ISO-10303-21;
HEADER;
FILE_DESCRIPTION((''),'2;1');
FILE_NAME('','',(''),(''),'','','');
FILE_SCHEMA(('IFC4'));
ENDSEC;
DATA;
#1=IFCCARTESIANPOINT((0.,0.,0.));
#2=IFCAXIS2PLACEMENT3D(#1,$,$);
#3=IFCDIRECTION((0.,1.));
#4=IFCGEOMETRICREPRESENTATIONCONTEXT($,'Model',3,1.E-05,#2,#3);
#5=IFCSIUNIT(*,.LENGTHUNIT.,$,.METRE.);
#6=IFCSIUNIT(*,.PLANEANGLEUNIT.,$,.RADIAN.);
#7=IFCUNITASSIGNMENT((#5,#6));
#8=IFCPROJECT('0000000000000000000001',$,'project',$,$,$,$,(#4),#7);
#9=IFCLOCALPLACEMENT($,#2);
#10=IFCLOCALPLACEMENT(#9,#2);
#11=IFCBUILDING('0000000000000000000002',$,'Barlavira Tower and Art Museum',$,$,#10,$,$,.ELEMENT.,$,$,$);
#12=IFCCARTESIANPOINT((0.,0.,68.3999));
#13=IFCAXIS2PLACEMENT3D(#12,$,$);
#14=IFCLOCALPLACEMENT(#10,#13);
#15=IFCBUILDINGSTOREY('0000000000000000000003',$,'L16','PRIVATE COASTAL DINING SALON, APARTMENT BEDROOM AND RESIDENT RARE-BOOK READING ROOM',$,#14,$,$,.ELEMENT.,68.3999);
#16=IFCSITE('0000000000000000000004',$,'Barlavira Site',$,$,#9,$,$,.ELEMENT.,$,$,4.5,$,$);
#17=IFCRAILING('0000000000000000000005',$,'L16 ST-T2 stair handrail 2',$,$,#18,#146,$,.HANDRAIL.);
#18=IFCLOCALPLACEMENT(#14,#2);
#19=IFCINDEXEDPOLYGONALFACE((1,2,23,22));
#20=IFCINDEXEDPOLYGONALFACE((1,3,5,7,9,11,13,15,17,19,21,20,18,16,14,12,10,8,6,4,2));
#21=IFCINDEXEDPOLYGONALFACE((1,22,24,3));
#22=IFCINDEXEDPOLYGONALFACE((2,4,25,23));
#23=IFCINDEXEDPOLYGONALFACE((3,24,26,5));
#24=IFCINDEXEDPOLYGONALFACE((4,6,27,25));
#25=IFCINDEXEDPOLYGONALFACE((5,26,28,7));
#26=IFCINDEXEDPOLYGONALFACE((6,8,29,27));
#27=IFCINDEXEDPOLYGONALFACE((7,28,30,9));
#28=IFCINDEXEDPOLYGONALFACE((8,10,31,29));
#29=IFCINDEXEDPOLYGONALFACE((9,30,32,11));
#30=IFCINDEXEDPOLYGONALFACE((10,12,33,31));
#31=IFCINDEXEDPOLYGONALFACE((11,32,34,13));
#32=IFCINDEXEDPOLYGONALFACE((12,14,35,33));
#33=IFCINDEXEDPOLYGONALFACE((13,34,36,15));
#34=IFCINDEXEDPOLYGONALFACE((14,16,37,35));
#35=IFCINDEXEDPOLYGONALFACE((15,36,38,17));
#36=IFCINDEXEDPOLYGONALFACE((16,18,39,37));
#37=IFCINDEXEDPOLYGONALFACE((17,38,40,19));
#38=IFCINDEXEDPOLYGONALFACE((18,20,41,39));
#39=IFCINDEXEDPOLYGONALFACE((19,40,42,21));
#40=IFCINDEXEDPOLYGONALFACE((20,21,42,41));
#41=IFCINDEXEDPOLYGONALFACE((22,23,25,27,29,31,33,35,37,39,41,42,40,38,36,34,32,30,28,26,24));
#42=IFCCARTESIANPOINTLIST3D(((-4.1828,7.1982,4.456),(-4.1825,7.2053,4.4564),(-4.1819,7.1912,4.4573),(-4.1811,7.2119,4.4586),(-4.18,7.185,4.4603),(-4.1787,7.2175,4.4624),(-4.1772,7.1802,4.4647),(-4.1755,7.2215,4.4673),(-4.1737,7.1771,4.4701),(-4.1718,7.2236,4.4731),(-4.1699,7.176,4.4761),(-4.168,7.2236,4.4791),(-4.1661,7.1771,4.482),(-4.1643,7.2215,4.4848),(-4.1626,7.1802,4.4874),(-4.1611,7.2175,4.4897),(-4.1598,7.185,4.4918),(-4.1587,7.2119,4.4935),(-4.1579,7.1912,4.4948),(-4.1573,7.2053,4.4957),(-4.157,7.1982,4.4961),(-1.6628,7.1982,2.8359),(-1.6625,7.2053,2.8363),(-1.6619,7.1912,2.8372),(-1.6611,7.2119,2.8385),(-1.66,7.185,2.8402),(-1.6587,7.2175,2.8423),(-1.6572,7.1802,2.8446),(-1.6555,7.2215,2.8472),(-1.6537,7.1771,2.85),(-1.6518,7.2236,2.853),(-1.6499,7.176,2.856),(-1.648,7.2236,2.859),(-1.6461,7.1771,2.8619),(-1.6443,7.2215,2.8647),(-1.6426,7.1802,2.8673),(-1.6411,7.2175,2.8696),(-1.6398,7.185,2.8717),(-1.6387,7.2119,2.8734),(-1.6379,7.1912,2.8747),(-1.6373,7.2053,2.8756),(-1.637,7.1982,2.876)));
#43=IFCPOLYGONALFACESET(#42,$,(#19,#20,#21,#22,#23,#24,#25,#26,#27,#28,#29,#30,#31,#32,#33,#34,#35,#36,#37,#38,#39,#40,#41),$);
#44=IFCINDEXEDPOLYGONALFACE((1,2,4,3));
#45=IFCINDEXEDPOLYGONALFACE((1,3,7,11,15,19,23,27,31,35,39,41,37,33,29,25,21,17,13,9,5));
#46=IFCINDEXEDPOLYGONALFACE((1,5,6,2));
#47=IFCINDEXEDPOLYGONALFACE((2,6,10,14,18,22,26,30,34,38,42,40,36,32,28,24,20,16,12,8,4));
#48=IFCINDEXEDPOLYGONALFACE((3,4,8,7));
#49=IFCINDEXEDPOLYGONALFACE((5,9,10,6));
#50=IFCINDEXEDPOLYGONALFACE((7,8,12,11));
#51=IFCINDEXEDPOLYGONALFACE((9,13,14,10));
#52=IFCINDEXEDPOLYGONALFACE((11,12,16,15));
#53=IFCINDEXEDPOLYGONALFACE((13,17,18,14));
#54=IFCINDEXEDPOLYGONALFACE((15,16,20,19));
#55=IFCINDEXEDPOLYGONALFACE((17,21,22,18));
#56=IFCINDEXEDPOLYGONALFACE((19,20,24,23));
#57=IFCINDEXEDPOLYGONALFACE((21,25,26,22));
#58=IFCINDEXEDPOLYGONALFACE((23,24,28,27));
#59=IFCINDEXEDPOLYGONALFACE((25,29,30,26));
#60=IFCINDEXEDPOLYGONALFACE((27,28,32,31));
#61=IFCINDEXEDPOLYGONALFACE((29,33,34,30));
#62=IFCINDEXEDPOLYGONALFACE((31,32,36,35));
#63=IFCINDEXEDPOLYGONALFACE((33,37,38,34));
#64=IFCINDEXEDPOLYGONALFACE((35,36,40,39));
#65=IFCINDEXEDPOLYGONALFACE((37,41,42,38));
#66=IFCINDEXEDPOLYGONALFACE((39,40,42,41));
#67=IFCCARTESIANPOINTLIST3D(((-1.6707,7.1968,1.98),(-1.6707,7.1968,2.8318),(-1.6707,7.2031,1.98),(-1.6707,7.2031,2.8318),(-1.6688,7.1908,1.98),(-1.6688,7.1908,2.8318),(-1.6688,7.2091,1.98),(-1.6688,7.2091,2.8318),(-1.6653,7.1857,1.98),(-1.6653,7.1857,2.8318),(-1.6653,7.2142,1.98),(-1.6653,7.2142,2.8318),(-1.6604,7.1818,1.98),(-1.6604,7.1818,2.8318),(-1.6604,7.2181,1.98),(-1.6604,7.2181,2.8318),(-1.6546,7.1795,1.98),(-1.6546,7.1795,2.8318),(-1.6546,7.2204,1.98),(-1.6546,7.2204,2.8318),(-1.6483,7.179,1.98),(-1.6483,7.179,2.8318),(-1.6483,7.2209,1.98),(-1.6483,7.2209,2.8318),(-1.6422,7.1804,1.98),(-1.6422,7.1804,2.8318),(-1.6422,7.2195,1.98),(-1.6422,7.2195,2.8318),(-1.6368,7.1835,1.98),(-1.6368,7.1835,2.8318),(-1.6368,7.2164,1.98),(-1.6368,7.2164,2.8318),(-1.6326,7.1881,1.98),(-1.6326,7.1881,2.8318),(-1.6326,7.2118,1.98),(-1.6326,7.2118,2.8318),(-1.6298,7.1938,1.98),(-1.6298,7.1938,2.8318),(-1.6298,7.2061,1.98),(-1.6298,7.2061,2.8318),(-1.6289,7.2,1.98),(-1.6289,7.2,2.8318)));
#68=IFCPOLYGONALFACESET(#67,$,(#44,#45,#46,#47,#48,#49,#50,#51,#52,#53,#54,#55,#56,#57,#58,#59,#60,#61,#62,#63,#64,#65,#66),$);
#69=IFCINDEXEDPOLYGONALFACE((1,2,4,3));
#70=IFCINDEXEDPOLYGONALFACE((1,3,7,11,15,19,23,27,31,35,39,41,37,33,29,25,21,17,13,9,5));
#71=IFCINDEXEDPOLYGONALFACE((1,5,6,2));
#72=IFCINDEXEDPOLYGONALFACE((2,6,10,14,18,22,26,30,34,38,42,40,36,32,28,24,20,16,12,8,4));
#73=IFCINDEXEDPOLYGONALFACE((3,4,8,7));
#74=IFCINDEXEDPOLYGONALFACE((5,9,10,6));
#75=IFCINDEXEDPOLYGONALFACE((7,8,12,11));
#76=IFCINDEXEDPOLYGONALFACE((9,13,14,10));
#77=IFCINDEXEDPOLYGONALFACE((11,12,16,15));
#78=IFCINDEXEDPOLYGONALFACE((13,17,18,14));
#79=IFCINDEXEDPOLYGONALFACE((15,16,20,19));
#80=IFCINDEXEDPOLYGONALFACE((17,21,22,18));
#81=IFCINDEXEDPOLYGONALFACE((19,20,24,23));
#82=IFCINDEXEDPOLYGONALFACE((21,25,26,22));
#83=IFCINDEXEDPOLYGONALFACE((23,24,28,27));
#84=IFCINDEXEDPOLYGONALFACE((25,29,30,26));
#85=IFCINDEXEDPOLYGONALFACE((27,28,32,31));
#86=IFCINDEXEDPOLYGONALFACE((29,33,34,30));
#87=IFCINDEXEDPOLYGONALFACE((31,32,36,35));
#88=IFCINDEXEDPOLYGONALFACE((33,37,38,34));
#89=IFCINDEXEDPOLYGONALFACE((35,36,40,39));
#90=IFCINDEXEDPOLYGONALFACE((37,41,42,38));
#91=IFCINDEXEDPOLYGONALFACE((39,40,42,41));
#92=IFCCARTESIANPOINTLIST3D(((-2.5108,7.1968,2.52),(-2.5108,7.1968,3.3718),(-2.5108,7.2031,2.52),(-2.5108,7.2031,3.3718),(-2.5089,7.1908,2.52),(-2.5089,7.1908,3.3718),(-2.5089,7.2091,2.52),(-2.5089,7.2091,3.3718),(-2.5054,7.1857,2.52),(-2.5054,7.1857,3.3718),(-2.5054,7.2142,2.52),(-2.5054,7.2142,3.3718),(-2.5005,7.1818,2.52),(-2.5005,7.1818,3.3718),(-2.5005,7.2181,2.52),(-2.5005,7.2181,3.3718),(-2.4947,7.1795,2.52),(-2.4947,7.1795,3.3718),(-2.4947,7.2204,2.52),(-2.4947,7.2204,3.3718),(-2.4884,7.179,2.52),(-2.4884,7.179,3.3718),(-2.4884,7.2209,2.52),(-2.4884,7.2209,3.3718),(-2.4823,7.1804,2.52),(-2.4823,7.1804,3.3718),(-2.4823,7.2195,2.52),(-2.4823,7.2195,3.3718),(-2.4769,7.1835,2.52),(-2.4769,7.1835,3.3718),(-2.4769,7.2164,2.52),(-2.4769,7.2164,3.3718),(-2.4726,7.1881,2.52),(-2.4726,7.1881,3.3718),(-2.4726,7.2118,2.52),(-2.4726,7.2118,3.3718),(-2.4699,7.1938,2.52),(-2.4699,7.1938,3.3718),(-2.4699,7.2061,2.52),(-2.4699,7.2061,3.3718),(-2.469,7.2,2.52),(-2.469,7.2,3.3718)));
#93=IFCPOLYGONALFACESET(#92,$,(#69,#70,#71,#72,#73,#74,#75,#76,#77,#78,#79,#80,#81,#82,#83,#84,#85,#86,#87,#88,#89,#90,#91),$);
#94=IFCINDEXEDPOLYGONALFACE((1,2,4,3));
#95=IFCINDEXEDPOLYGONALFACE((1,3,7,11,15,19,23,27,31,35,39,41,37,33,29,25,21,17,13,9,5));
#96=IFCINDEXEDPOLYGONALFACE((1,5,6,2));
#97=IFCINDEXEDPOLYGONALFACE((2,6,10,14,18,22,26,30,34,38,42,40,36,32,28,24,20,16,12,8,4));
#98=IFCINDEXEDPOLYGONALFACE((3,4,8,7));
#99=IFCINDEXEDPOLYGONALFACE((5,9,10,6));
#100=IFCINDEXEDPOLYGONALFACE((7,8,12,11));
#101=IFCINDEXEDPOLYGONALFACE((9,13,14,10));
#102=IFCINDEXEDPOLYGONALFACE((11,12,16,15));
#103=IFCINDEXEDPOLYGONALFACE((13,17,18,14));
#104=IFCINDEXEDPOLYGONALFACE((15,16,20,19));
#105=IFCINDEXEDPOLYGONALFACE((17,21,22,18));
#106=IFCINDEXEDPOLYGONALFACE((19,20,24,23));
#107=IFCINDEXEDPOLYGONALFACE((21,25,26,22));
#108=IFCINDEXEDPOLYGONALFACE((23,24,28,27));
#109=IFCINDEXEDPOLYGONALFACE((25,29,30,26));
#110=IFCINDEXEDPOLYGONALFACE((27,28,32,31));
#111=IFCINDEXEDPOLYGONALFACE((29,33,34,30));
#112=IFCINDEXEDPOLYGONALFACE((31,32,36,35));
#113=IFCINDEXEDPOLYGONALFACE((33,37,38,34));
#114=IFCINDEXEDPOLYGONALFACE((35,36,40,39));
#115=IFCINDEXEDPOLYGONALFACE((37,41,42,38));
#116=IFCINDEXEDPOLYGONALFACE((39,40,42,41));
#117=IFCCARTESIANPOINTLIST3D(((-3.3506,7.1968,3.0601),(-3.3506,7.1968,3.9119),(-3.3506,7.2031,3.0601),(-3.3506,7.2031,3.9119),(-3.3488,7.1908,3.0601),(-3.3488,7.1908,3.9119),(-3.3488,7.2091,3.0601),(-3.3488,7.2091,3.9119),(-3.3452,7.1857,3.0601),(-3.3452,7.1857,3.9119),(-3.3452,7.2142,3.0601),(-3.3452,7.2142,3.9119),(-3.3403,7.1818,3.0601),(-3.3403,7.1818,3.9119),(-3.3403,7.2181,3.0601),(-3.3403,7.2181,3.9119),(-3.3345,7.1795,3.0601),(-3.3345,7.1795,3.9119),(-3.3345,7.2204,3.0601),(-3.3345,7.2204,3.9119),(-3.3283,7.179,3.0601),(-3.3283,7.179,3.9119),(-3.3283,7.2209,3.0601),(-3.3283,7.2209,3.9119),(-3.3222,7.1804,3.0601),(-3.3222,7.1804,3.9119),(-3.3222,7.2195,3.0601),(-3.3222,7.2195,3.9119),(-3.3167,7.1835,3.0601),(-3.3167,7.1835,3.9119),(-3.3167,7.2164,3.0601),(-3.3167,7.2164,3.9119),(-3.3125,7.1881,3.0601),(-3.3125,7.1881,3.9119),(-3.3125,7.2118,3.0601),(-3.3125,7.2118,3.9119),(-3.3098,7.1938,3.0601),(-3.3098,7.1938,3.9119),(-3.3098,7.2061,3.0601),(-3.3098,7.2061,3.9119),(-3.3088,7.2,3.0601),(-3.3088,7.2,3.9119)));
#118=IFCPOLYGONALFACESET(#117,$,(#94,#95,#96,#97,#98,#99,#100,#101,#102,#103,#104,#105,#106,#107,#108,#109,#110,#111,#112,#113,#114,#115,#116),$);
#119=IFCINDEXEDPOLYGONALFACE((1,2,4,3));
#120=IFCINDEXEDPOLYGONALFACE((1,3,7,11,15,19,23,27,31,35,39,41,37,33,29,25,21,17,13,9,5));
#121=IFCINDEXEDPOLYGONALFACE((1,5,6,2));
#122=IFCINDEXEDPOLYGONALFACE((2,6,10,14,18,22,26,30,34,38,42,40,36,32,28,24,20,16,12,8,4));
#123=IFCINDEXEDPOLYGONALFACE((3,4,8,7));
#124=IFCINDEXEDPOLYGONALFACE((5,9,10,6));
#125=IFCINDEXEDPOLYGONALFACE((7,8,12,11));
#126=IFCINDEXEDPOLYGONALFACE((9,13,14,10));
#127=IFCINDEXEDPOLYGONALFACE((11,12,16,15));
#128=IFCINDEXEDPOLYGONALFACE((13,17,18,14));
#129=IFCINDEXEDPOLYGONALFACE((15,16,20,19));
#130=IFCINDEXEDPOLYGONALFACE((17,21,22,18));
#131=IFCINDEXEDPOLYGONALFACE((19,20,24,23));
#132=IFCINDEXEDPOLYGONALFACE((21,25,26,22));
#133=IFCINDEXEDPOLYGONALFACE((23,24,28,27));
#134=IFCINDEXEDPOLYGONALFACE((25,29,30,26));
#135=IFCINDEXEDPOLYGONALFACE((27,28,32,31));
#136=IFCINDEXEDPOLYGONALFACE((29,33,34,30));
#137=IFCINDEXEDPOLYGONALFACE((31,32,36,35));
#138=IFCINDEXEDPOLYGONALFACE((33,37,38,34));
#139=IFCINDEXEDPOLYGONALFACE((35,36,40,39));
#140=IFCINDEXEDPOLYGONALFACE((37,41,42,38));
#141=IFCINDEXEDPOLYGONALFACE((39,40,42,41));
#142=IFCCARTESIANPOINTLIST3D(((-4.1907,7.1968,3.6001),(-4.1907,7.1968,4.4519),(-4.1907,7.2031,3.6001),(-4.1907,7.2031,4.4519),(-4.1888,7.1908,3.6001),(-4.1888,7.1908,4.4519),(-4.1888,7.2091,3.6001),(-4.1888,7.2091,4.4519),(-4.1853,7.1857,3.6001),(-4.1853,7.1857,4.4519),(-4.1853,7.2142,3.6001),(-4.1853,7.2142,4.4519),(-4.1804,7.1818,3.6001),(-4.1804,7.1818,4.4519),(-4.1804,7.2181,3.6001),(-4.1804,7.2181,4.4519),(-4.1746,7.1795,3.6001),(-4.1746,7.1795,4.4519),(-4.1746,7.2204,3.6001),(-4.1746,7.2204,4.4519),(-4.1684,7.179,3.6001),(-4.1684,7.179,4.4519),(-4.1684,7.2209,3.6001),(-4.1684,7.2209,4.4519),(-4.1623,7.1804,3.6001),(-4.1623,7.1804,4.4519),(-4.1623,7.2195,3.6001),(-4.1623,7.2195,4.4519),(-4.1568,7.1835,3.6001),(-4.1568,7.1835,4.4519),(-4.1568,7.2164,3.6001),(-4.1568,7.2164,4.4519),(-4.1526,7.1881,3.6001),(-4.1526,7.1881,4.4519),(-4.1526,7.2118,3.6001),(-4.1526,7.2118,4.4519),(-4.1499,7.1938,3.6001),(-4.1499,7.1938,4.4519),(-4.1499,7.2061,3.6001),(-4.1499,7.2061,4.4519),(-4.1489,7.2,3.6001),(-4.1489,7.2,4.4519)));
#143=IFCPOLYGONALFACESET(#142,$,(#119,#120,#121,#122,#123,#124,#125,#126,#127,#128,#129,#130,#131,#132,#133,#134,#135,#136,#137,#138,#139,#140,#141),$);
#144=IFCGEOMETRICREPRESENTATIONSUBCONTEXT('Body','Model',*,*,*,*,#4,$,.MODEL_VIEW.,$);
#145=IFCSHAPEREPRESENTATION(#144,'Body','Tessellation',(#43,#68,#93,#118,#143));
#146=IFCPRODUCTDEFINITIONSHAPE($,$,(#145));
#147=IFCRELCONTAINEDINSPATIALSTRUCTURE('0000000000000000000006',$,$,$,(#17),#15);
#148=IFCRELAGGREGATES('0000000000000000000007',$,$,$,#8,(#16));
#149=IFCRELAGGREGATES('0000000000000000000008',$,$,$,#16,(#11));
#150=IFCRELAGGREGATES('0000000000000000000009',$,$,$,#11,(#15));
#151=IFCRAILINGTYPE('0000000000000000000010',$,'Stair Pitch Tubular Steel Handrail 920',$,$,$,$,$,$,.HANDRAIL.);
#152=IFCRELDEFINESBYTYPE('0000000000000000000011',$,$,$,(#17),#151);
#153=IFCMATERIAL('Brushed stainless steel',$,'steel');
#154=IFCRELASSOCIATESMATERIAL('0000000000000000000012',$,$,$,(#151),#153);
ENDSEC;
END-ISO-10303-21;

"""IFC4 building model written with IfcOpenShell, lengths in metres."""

from ifc_helpers import new_model, si_unit, direction, frame, origin, origin_2d, place, context, subcontext, project, spatial, circle, extrude, material, type_object, element, save


model = new_model("IFC4")

# Units and contexts
model_context = context("Model", 3, precision=1e-05, world=origin(), true_north=direction((0.0, 1.0)))
body_context = subcontext(model_context, "Body", "Model", "MODEL_VIEW")
ifc_project = project(units=[si_unit("LENGTHUNIT", "METRE"), si_unit("PLANEANGLEUNIT", "RADIAN")], contexts=[model_context])

# Site, building, storey
site_placement = place(None, origin())
site = spatial("IfcSite", under=ifc_project, at=site_placement, Name="Barlavira Site", CompositionType="ELEMENT", RefElevation=4.5)
building_placement = place(site_placement, origin())
building = spatial("IfcBuilding", under=site, at=building_placement, Name="Barlavira Tower and Art Museum", CompositionType="ELEMENT")
storey_placement = place(building_placement, frame((0.0, 0.0, 68.3999)))
storey = spatial("IfcBuildingStorey", under=building, at=storey_placement, Name="L16", Description="PRIVATE COASTAL DINING SALON, APARTMENT BEDROOM AND RESIDENT RARE-BOOK READING ROOM", CompositionType="ELEMENT", Elevation=68.3999)

# Shared definitions
ifc_material_1 = material(Name="Brushed stainless steel", Category="steel")

# Railing
railing_type_1 = type_object("IfcRailingType", Name="Stair Pitch Tubular Steel Handrail 920", PredefinedType="HANDRAIL", material=ifc_material_1)
railing_1_placement = place(storey_placement, frame((-1.6499, 7.2, 1.98)))
element("IfcRailing", 1, at=railing_1_placement, inside=storey, type_object=railing_type_1, Name="L16 ST-T2 stair handrail 2", PredefinedType="HANDRAIL", context=body_context, shape_type="SweptSolid", body=[
    extrude(circle(Radius=0.0239, at=origin_2d()), frame((0.0, 0.0, 0.876), z_axis=(-0.841163, 0.0, 0.540782), x_axis=(0.0, -1.0, 0.0)), (0.0, 0.0, 1.0), 2.9958),
    extrude(circle(Radius=0.021, at=origin_2d()), origin(), (0.0, 0.0, 1.0), 0.8518),
    extrude(circle(Radius=0.021, at=origin_2d()), frame((-0.8401, 0.0, 0.54)), (0.0, 0.0, 1.0), 0.8518),
    extrude(circle(Radius=0.021, at=origin_2d()), frame((-1.6799, 0.0, 1.0801)), (0.0, 0.0, 1.0), 0.8518),
    extrude(circle(Radius=0.021, at=origin_2d()), frame((-2.52, 0.0, 1.6201)), (0.0, 0.0, 1.0), 0.8518),
])

save(model, "model.ifc")
